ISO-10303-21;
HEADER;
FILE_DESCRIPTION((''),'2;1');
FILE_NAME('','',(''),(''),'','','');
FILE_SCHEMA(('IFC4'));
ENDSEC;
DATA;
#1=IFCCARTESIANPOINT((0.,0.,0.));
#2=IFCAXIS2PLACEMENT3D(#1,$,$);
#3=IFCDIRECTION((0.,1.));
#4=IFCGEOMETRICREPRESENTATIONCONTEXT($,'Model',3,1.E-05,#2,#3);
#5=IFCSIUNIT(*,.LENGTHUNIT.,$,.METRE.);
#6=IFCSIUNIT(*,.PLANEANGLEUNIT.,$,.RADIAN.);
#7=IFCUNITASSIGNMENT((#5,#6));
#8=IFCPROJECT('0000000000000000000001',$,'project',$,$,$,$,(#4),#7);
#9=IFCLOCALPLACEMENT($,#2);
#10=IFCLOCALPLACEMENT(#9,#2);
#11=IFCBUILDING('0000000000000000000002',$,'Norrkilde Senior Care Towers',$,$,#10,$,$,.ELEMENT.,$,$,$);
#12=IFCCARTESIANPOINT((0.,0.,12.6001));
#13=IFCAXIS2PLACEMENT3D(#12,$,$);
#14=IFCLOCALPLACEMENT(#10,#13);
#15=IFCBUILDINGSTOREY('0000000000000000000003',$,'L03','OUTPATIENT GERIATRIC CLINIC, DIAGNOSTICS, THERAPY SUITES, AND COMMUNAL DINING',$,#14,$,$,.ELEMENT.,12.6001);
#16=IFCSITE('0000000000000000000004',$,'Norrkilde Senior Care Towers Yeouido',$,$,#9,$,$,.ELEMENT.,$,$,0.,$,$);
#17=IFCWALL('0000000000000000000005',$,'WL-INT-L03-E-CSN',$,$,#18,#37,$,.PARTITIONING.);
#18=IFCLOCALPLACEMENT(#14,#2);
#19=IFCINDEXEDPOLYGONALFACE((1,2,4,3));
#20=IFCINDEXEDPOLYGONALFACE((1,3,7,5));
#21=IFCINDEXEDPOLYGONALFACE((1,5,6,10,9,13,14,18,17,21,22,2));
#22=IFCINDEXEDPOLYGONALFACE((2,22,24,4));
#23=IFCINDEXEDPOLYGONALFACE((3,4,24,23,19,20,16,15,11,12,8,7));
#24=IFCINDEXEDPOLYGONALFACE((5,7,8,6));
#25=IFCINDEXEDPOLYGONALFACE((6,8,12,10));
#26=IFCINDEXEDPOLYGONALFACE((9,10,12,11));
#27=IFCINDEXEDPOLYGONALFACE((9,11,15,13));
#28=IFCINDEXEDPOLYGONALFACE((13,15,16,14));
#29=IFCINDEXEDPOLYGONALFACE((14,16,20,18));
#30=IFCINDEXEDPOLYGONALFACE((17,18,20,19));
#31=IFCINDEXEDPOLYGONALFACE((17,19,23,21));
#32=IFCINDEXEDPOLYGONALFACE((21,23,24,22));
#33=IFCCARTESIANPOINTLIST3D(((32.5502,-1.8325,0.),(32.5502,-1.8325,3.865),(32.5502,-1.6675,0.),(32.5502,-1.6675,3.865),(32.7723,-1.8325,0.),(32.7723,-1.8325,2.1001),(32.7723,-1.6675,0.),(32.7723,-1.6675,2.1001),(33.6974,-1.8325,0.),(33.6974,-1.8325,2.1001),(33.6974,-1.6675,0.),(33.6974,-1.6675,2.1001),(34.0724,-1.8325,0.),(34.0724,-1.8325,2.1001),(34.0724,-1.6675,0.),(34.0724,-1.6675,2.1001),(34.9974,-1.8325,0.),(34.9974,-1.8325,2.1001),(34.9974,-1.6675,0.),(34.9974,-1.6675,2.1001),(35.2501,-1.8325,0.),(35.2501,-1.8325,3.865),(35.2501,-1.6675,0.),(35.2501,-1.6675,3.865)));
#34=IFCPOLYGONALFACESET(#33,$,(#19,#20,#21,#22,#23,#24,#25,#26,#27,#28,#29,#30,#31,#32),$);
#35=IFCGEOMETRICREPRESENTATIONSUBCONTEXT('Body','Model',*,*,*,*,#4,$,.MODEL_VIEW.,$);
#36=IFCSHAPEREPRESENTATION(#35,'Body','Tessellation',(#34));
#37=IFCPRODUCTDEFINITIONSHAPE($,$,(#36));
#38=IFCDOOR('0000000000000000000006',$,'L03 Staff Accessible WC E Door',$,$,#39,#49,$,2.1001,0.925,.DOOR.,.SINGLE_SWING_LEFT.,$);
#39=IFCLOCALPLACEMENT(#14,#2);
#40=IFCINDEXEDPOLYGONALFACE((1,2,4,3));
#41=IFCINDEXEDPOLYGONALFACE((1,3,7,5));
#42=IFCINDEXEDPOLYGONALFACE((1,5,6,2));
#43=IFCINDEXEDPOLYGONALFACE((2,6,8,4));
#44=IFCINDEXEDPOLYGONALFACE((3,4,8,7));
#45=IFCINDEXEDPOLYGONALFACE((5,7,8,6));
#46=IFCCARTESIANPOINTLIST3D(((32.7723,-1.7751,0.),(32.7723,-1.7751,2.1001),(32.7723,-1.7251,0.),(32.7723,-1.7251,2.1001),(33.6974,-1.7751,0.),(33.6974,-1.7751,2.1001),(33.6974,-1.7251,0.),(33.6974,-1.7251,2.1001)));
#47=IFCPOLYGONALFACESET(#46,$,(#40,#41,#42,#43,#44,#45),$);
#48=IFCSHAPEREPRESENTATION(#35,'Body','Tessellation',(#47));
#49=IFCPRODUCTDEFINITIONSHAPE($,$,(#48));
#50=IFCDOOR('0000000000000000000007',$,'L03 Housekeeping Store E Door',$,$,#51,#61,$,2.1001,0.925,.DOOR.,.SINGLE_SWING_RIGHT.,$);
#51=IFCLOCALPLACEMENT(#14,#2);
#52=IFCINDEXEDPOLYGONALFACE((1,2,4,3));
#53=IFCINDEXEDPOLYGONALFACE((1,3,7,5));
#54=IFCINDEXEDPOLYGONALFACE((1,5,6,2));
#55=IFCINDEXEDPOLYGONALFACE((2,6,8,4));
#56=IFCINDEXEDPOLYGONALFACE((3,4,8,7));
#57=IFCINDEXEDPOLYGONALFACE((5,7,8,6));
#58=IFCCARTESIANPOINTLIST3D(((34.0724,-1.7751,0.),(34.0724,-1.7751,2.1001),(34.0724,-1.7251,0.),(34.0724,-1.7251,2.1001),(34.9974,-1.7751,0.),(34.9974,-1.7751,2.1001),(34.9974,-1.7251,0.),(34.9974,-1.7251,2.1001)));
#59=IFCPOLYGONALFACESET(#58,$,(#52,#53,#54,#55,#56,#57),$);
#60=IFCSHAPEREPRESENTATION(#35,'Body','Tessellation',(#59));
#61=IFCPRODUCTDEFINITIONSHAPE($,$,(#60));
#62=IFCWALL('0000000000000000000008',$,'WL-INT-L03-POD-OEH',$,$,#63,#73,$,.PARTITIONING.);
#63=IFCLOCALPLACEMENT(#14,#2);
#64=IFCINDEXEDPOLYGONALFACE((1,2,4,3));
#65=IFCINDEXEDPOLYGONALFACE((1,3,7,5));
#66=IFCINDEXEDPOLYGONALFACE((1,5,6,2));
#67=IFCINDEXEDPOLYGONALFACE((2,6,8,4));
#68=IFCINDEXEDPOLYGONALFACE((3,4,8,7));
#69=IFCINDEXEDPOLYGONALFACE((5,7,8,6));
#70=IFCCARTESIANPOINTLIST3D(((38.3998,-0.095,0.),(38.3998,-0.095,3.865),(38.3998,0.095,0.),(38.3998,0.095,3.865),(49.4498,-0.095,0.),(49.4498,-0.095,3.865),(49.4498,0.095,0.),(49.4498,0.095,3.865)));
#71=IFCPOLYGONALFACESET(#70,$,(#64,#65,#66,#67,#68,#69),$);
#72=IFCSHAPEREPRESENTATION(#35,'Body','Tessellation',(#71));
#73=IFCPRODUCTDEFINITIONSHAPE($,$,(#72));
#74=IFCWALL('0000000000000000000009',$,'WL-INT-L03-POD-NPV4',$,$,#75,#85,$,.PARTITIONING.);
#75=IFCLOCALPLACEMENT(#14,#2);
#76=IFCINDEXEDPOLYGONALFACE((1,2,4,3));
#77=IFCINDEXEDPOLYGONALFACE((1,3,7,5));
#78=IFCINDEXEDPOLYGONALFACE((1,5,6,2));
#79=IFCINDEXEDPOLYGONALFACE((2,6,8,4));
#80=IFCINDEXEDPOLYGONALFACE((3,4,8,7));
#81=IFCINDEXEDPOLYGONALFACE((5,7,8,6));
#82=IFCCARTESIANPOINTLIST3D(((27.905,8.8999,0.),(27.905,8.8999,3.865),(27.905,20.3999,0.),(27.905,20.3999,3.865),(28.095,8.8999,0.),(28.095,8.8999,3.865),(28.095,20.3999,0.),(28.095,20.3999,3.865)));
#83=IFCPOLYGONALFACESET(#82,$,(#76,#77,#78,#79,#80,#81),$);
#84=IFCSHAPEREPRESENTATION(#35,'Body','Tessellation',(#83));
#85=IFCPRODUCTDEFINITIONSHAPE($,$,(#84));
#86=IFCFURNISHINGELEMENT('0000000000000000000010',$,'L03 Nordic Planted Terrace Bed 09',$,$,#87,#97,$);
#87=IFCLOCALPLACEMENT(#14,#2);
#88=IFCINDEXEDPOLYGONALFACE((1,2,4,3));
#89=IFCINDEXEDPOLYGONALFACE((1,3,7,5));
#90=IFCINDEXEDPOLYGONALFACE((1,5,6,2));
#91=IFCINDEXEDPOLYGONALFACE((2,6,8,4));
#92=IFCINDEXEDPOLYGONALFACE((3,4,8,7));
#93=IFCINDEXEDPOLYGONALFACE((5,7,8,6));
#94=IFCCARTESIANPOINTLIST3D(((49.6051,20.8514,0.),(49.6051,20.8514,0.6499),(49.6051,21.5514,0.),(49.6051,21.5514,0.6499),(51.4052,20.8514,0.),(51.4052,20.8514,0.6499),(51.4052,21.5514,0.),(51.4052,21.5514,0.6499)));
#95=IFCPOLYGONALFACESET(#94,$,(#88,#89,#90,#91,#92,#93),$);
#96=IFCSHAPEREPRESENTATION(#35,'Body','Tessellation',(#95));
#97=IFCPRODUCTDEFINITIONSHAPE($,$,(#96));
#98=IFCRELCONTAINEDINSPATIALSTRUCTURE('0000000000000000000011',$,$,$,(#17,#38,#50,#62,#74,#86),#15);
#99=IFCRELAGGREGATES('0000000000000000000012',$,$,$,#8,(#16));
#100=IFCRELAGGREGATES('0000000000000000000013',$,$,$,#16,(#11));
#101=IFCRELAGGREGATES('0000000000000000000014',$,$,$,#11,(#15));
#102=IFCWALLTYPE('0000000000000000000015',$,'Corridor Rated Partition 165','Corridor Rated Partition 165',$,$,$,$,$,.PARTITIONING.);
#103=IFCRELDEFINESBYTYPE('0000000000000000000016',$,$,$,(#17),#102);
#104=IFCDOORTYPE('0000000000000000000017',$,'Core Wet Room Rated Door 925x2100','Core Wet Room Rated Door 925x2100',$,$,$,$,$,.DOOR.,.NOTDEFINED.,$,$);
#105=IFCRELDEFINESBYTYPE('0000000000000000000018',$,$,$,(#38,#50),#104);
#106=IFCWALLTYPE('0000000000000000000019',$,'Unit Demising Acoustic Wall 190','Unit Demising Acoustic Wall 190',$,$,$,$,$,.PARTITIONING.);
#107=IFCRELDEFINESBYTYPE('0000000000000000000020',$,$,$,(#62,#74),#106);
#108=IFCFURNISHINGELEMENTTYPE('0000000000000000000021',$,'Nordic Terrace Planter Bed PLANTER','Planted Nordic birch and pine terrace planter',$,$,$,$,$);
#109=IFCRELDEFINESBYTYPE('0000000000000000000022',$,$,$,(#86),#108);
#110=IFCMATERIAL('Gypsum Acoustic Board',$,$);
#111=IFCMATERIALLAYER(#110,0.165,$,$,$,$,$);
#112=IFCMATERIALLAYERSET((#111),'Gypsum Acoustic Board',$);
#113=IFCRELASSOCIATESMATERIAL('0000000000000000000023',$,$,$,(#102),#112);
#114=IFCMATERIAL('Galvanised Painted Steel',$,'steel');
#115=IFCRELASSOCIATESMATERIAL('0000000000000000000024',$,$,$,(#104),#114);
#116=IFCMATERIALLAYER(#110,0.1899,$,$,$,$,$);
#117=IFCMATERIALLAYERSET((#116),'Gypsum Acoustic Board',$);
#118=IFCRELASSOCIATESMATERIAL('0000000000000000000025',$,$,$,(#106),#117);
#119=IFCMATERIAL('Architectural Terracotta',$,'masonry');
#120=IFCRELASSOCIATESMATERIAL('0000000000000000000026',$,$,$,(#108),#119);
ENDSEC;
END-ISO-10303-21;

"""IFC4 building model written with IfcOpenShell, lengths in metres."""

from ifc_helpers import new_model, si_unit, direction, frame, frame_2d, origin, origin_2d, place, context, subcontext, project, spatial, rectangle, extrude, source, transform, mapped, material, layer, layer_set, type_object, type_shapes, element, fill, save


model = new_model("IFC4")

# Units and contexts
model_context = context("Model", 3, precision=1e-05, world=origin(), true_north=direction((0.0, 1.0)))
body_context = subcontext(model_context, "Body", "Model", "MODEL_VIEW")
ifc_project = project(units=[si_unit("LENGTHUNIT", "METRE"), si_unit("PLANEANGLEUNIT", "RADIAN")], contexts=[model_context])

# Site, building, storey
site_placement = place(None, origin())
site = spatial("IfcSite", under=ifc_project, at=site_placement, Name="Norrkilde Senior Care Towers Yeouido", CompositionType="ELEMENT", RefElevation=0.0)
building_placement = place(site_placement, origin())
building = spatial("IfcBuilding", under=site, at=building_placement, Name="Norrkilde Senior Care Towers", CompositionType="ELEMENT")
storey_placement = place(building_placement, frame((0.0, 0.0, 12.6001)))
storey = spatial("IfcBuildingStorey", under=building, at=storey_placement, Name="L03", Description="OUTPATIENT GERIATRIC CLINIC, DIAGNOSTICS, THERAPY SUITES, AND COMMUNAL DINING", CompositionType="ELEMENT", Elevation=12.6001)

# Shared definitions
ifc_material_1 = material(Name="Galvanised Painted Steel", Category="steel")

# Wall, openings, doors
ifc_material_2 = material(Name="Gypsum Acoustic Board")
ifc_layer_1 = layer(ifc_material_2, 0.165)
ifc_layer_set_1 = layer_set([ifc_layer_1], Name="Gypsum Acoustic Board")
wall_type_1 = type_object("IfcWallType", Name="Corridor Rated Partition 165", Description="Corridor Rated Partition 165", PredefinedType="PARTITIONING", material=ifc_layer_set_1)
shared_shape_1 = source(origin(), body_context, "Body", "SweptSolid", [
    extrude(rectangle(XDim=2.7, YDim=0.165, at=frame_2d((1.3501, 0.0))), origin(), (0.0, 0.0, 1.0), 3.865),
])
type_shapes(wall_type_1, [shared_shape_1])
wall_1_placement = place(storey_placement, frame((32.55, -1.75, 0.0), z_axis=(0.0, 0.0, 1.0), x_axis=(1.0, 0.0, 0.0)))
wall_1 = element("IfcWall", 1, at=wall_1_placement, inside=storey, type_object=wall_type_1, Name="WL-INT-L03-E-CSN", PredefinedType="PARTITIONING", context=body_context, shape_type="MappedRepresentation", body=[
    mapped(shared_shape_1, transform((0.0, 0.0, 0.0), x_axis=(1.0, 0.0, 0.0), y_axis=(0.0, 1.0, 0.0), z_axis=(0.0, 0.0, 1.0), scale=1.0)),
])
opening_1_placement = place(wall_1_placement, frame((0.2224, 0.0, 0.0)))
opening_1 = element("IfcOpeningElement", 2, at=opening_1_placement, cuts=wall_1, PredefinedType="OPENING", context=body_context, shape_type="SweptSolid", body=[
    extrude(rectangle(XDim=0.925, YDim=2.1001, at=frame_2d((0.4624, 1.05))), frame((0.0, 0.0925, 0.0), z_axis=(0.0, -1.0, 0.0), x_axis=(1.0, 0.0, 0.0)), (0.0, 0.0, 1.0), 0.1851),
])
opening_2_placement = place(wall_1_placement, frame((1.5225, 0.0, 0.0)))
opening_2 = element("IfcOpeningElement", 3, at=opening_2_placement, cuts=wall_1, PredefinedType="OPENING", context=body_context, shape_type="SweptSolid", body=[
    extrude(rectangle(XDim=0.925, YDim=2.1001, at=frame_2d((0.4624, 1.05))), frame((0.0, 0.0925, 0.0), z_axis=(0.0, -1.0, 0.0), x_axis=(1.0, 0.0, 0.0)), (0.0, 0.0, 1.0), 0.1851),
])
door_type_1 = type_object("IfcDoorType", Name="Core Wet Room Rated Door 925x2100", Description="Core Wet Room Rated Door 925x2100", OperationType="NOTDEFINED", PredefinedType="DOOR", material=ifc_material_1)
shared_shape_2 = source(origin(), body_context, "Body", "SweptSolid", [
    extrude(rectangle(XDim=0.925, YDim=2.1001, at=frame_2d((0.4624, 1.05))), frame((0.0, 0.0249, 0.0), z_axis=(0.0, -1.0, 0.0), x_axis=(1.0, 0.0, 0.0)), (0.0, 0.0, 1.0), 0.05),
])
type_shapes(door_type_1, [shared_shape_2])
door_1_placement = place(opening_1_placement, origin())
door_1 = element("IfcDoor", 4, at=door_1_placement, inside=storey, type_object=door_type_1, Name="L03 Staff Accessible WC E Door", OperationType="SINGLE_SWING_LEFT", OverallHeight=2.1001, OverallWidth=0.925, PredefinedType="DOOR", context=body_context, shape_type="MappedRepresentation", body=[
    mapped(shared_shape_2, transform((0.0, 0.0, 0.0), x_axis=(1.0, 0.0, 0.0), y_axis=(0.0, 1.0, 0.0), z_axis=(0.0, 0.0, 1.0), scale=1.0)),
])
fill(opening_1, door_1)
door_2_placement = place(opening_2_placement, origin())
door_2 = element("IfcDoor", 5, at=door_2_placement, inside=storey, type_object=door_type_1, Name="L03 Housekeeping Store E Door", OperationType="SINGLE_SWING_RIGHT", OverallHeight=2.1001, OverallWidth=0.925, PredefinedType="DOOR", context=body_context, shape_type="MappedRepresentation", body=[
    mapped(shared_shape_2, transform((0.0, 0.0, 0.0), x_axis=(1.0, 0.0, 0.0), y_axis=(0.0, 1.0, 0.0), z_axis=(0.0, 0.0, 1.0), scale=1.0)),
])
fill(opening_2, door_2)

# Walls
ifc_layer_2 = layer(ifc_material_2, 0.1899)
ifc_layer_set_2 = layer_set([ifc_layer_2], Name="Gypsum Acoustic Board")
wall_type_2 = type_object("IfcWallType", Name="Unit Demising Acoustic Wall 190", Description="Unit Demising Acoustic Wall 190", PredefinedType="PARTITIONING", material=ifc_layer_set_2)
shared_shape_3 = source(origin(), body_context, "Body", "SweptSolid", [
    extrude(rectangle(XDim=11.05, YDim=0.1899, at=frame_2d((5.5249, 0.0))), origin(), (0.0, 0.0, 1.0), 3.865),
])
wall_2_placement = place(storey_placement, frame((38.3999, 0.0, 0.0), z_axis=(0.0, 0.0, 1.0), x_axis=(1.0, 0.0, 0.0)))
element("IfcWall", 6, at=wall_2_placement, inside=storey, type_object=wall_type_2, Name="WL-INT-L03-POD-OEH", PredefinedType="PARTITIONING", context=body_context, shape_type="MappedRepresentation", body=[
    mapped(shared_shape_3, transform((0.0, 0.0, 0.0), x_axis=(1.0, 0.0, 0.0), y_axis=(0.0, 1.0, 0.0), z_axis=(0.0, 0.0, 1.0), scale=1.0)),
])
shared_shape_4 = source(origin(), body_context, "Body", "SweptSolid", [
    extrude(rectangle(XDim=11.5, YDim=0.1899, at=frame_2d((5.75, 0.0))), origin(), (0.0, 0.0, 1.0), 3.865),
])
type_shapes(wall_type_2, [shared_shape_3, shared_shape_4])
wall_3_placement = place(storey_placement, frame((28.0, 8.8999, 0.0), z_axis=(0.0, 0.0, 1.0), x_axis=(0.0, 1.0, 0.0)))
element("IfcWall", 7, at=wall_3_placement, inside=storey, type_object=wall_type_2, Name="WL-INT-L03-POD-NPV4", PredefinedType="PARTITIONING", context=body_context, shape_type="MappedRepresentation", body=[
    mapped(shared_shape_4, transform((0.0, 0.0, 0.0), x_axis=(1.0, 0.0, 0.0), y_axis=(0.0, 1.0, 0.0), z_axis=(0.0, 0.0, 1.0), scale=1.0)),
])

# Furnishing element
ifc_material_3 = material(Name="Architectural Terracotta", Category="masonry")
furnishing_element_type = type_object("IfcFurnishingElementType", Name="Nordic Terrace Planter Bed PLANTER", Description="Planted Nordic birch and pine terrace planter", material=ifc_material_3)
shared_shape_5 = source(origin(), body_context, "Body", "SweptSolid", [
    extrude(rectangle(XDim=1.8, YDim=0.7, at=origin_2d()), origin(), (0.0, 0.0, 1.0), 0.6499),
])
type_shapes(furnishing_element_type, [shared_shape_5])
furnishing_placement = place(storey_placement, frame((50.5051, 21.2014, 0.0), z_axis=(0.0, 0.0, 1.0), x_axis=(1.0, 0.0, 0.0)))
element("IfcFurnishingElement", 8, at=furnishing_placement, inside=storey, type_object=furnishing_element_type, Name="L03 Nordic Planted Terrace Bed 09", context=body_context, shape_type="MappedRepresentation", body=[
    mapped(shared_shape_5, transform((0.0, 0.0, 0.0), x_axis=(1.0, 0.0, 0.0), y_axis=(0.0, 1.0, 0.0), z_axis=(0.0, 0.0, 1.0), scale=1.0)),
])

save(model, "model.ifc")
